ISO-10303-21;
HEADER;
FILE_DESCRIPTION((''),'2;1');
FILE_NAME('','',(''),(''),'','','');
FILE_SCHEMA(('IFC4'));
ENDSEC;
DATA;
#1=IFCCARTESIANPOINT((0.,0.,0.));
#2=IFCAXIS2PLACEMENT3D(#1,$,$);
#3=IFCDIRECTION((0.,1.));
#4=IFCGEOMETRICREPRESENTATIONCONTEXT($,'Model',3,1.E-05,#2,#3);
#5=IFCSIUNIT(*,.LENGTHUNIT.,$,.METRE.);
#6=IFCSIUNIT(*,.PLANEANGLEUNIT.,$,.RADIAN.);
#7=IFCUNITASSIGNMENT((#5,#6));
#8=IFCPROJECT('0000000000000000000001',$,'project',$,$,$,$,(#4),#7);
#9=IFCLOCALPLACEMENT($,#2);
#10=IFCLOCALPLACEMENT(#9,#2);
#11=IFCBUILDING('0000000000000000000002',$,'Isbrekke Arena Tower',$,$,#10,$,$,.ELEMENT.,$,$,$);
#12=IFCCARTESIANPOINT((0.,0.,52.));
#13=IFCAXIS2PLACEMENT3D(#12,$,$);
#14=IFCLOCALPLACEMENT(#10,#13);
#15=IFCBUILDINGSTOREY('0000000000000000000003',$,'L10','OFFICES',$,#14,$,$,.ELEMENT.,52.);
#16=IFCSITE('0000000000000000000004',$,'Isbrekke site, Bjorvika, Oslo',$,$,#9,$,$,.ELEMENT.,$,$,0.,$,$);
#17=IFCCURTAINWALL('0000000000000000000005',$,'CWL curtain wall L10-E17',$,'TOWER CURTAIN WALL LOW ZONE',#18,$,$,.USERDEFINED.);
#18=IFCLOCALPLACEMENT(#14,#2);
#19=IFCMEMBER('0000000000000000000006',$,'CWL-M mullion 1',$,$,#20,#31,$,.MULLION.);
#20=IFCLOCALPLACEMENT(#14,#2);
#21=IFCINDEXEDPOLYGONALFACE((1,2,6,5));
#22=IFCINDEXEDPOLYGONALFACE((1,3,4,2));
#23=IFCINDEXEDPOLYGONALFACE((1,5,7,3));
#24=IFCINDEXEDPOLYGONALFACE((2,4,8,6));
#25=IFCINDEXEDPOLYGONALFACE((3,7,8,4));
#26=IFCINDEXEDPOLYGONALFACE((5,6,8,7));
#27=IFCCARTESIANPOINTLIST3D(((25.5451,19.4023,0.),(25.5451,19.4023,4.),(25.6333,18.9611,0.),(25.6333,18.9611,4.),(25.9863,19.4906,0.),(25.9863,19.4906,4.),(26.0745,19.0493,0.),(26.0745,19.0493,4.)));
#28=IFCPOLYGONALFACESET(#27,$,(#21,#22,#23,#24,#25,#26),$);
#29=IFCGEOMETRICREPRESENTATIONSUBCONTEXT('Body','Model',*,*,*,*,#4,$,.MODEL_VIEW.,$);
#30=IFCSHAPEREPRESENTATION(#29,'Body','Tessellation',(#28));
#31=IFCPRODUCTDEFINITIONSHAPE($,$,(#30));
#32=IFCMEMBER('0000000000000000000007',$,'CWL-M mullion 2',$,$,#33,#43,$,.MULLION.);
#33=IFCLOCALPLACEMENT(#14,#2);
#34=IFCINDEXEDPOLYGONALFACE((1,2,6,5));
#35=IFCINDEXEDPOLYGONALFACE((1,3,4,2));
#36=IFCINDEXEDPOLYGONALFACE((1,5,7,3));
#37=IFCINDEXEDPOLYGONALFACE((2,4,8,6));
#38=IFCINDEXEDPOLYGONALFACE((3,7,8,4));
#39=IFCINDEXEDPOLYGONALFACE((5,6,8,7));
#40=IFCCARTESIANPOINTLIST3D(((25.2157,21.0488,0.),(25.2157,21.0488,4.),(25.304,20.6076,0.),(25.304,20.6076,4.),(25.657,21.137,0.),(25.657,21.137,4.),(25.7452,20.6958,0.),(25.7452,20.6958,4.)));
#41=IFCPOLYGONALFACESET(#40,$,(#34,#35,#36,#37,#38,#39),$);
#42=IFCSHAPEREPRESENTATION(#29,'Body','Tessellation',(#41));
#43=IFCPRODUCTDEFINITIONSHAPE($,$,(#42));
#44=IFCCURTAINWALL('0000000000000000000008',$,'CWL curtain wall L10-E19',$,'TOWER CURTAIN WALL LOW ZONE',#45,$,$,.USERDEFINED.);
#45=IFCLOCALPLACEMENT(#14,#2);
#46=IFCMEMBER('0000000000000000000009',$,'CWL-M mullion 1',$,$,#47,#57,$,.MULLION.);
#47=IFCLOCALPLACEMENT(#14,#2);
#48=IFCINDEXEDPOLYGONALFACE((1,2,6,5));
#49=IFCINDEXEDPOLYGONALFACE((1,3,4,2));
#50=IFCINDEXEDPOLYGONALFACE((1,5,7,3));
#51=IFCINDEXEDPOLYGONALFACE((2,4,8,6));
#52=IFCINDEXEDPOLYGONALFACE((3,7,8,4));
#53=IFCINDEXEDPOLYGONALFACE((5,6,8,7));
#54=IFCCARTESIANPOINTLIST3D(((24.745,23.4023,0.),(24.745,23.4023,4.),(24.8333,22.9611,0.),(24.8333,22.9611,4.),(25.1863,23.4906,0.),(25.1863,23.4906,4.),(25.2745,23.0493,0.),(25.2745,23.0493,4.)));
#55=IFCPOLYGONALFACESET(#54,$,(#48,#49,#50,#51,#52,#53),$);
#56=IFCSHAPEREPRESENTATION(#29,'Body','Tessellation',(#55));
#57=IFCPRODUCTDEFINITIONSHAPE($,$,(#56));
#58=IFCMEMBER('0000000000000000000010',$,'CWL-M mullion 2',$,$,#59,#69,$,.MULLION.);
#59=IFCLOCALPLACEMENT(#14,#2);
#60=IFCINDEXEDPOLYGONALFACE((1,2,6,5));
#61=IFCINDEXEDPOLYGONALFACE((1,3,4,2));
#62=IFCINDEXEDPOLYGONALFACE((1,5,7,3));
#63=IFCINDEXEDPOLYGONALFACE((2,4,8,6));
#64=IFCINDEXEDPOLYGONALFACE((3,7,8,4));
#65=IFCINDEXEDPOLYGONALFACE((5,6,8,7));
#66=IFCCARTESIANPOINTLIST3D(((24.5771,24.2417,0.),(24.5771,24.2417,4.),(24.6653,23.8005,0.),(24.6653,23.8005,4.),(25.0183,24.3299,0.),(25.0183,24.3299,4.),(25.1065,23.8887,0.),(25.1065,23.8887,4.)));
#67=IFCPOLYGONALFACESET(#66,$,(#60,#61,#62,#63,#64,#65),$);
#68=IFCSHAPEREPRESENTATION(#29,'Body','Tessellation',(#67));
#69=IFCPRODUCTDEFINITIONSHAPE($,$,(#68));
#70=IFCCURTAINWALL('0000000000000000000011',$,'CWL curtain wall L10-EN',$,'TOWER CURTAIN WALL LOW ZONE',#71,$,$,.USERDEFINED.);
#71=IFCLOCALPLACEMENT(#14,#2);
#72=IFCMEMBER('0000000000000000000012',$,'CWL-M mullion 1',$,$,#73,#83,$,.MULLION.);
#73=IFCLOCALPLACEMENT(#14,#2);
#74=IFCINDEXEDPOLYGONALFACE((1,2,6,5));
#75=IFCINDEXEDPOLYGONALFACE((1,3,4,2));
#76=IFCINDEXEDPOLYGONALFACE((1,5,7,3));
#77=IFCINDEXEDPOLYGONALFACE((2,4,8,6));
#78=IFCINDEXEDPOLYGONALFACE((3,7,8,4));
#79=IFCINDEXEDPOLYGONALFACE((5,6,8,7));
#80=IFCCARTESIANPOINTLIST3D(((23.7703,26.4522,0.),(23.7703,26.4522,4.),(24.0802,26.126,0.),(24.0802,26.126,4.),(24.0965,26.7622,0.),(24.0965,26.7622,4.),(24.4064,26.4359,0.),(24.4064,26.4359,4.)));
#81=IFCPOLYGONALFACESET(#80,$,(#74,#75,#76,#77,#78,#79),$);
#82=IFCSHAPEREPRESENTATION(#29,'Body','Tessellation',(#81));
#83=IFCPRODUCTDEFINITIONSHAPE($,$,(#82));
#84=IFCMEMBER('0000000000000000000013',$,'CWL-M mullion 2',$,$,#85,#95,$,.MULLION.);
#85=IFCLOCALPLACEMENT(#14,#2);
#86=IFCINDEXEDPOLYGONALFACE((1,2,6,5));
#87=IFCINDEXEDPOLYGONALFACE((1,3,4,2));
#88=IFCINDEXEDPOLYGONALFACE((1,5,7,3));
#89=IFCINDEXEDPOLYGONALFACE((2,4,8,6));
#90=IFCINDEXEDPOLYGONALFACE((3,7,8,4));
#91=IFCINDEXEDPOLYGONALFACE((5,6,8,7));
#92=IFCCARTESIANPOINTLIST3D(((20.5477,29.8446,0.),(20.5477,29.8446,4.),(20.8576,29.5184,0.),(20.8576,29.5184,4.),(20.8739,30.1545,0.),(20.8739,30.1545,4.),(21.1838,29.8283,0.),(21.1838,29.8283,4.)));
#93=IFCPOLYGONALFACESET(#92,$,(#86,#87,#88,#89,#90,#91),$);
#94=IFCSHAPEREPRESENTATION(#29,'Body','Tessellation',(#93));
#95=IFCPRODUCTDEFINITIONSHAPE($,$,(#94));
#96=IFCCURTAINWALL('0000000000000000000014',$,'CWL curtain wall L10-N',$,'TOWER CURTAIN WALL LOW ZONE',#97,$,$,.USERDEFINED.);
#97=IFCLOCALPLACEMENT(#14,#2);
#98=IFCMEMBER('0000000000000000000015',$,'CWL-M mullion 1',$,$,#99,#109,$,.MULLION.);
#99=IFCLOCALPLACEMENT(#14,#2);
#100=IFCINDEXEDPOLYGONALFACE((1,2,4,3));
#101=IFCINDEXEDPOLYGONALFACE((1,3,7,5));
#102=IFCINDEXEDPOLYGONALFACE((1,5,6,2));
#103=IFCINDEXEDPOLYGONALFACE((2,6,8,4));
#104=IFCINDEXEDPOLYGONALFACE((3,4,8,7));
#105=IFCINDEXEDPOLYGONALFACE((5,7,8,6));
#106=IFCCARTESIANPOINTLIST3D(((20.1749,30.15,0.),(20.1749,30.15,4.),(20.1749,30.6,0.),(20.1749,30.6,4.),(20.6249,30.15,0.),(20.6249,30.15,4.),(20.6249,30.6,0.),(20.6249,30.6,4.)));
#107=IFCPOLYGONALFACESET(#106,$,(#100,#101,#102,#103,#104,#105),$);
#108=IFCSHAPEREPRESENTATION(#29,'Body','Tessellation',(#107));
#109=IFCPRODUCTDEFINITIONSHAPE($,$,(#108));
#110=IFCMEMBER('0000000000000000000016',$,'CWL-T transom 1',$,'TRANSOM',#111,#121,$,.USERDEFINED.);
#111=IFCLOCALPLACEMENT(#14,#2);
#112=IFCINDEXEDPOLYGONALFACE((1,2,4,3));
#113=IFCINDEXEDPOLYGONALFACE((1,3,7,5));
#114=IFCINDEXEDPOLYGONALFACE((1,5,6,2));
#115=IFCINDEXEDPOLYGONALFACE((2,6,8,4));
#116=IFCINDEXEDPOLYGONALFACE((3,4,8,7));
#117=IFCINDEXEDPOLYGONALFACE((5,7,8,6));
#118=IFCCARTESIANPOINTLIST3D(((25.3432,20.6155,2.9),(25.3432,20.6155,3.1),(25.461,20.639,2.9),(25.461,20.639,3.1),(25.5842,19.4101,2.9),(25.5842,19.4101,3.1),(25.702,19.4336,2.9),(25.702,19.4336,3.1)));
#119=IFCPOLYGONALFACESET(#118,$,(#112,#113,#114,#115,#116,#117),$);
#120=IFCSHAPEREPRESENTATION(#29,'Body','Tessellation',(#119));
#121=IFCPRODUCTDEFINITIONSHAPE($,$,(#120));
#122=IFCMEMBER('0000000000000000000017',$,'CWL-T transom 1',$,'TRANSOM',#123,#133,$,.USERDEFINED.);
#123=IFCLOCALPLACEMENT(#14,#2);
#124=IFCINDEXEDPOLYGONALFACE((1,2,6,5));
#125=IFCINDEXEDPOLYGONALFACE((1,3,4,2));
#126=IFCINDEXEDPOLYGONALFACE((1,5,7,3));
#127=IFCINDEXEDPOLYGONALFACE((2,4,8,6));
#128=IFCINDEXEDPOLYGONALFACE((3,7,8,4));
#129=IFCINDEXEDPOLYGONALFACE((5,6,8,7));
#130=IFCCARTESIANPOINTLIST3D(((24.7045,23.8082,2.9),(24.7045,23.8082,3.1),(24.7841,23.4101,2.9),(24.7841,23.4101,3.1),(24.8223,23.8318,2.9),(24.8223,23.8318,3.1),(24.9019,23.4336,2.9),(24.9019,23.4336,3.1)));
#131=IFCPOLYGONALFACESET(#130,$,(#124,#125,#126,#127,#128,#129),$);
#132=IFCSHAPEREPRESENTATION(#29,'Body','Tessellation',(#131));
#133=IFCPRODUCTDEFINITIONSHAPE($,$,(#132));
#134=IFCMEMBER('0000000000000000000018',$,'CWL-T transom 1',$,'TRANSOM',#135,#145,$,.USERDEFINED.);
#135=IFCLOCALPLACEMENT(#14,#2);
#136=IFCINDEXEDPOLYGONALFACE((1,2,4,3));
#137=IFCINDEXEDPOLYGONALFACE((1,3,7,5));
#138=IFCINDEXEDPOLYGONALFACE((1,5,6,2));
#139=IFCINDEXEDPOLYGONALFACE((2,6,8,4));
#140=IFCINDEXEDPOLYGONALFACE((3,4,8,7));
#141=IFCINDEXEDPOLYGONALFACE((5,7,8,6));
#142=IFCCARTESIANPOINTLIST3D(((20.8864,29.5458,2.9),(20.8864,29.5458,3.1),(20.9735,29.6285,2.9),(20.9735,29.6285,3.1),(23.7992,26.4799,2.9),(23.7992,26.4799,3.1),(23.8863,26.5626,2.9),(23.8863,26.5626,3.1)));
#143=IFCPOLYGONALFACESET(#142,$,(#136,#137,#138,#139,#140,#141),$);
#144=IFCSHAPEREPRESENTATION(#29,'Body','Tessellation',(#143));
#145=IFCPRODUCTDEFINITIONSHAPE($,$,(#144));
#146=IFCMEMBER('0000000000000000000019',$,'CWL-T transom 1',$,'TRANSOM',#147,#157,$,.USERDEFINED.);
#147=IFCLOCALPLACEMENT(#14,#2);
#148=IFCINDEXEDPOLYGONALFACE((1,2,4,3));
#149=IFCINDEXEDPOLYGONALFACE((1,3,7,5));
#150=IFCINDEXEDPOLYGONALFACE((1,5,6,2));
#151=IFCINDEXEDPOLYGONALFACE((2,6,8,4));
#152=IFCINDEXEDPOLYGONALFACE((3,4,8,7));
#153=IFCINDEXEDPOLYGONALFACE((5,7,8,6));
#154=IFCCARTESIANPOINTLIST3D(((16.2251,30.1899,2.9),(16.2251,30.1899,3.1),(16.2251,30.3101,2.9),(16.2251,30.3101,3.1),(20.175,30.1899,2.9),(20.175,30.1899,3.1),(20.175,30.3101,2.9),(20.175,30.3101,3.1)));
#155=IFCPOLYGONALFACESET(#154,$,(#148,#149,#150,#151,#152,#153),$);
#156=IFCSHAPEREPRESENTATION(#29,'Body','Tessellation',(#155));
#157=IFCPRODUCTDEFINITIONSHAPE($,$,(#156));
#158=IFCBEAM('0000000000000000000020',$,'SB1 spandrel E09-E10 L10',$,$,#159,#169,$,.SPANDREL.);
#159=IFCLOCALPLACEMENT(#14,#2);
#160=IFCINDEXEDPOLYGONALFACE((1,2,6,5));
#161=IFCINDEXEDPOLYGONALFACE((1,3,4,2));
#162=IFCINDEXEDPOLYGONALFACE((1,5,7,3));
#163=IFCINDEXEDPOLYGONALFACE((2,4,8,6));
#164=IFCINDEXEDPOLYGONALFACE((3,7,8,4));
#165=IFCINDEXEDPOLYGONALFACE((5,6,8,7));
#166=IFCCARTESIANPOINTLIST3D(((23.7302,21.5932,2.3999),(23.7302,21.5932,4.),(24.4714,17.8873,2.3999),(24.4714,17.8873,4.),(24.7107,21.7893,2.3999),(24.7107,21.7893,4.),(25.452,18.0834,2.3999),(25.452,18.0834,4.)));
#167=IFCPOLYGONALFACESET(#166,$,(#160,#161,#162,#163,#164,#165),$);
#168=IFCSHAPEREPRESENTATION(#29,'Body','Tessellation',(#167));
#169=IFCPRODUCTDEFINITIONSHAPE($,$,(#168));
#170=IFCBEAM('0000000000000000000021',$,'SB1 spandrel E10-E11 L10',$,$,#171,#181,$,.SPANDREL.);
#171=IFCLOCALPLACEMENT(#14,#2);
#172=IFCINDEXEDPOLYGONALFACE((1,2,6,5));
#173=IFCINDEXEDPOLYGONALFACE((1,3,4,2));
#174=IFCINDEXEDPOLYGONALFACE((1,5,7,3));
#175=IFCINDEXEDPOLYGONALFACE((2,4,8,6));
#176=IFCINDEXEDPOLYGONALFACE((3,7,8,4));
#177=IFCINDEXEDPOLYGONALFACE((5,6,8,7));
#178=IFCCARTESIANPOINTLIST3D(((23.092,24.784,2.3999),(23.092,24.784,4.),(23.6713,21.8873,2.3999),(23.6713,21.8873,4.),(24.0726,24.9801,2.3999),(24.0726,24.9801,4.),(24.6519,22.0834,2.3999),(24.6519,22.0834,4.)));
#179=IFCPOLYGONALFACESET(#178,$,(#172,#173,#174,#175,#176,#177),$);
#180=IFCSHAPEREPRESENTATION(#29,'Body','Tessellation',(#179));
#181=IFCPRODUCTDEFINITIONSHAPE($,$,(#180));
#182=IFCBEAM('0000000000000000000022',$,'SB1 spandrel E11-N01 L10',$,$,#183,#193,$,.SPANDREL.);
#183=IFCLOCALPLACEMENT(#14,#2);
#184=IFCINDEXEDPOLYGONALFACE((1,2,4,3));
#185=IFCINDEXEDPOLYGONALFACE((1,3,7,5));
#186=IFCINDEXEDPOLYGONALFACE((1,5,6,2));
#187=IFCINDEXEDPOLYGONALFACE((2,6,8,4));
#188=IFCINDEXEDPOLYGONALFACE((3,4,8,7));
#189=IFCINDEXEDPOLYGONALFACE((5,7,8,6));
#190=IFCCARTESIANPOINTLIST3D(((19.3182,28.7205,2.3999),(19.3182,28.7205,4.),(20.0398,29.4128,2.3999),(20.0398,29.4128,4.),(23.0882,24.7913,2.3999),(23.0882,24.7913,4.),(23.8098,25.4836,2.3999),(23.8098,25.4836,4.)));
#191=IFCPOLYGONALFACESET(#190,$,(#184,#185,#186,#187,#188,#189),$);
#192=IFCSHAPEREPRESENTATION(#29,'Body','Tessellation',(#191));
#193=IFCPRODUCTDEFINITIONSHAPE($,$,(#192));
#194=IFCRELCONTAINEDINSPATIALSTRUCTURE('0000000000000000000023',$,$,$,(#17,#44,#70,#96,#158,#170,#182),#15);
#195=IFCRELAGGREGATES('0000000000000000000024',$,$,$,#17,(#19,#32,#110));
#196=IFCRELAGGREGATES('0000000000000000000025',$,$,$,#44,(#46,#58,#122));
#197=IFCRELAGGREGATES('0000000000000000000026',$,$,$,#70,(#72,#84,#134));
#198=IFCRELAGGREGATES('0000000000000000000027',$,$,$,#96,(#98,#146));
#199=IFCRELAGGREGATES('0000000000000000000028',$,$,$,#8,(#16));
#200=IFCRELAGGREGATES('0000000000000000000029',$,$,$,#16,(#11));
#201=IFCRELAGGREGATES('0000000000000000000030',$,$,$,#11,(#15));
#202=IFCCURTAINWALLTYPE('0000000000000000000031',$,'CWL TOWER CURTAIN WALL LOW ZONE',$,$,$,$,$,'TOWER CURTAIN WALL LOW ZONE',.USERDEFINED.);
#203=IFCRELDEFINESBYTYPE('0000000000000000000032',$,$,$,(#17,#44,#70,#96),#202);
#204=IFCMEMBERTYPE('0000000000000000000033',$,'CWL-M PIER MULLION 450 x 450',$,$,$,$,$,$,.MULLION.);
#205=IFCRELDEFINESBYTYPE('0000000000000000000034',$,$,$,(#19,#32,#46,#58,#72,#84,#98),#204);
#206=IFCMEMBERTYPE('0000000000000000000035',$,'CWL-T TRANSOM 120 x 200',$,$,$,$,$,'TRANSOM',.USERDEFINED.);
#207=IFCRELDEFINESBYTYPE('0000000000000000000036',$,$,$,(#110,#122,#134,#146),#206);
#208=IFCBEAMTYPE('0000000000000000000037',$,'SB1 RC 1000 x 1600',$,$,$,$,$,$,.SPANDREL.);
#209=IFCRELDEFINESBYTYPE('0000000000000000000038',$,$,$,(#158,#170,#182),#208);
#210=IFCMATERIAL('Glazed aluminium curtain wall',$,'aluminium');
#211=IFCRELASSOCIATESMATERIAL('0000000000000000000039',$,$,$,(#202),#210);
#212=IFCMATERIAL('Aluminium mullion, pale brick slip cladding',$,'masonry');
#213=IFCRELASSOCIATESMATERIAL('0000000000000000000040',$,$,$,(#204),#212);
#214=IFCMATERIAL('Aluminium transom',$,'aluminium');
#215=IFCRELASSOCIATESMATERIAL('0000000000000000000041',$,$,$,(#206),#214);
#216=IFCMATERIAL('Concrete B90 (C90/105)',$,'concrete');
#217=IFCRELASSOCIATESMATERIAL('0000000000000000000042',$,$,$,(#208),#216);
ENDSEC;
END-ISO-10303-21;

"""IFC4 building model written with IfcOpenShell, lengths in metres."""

from ifc_helpers import new_model, si_unit, direction, frame, origin, origin_2d, place, context, subcontext, project, spatial, rectangle, extrude, material, material_profile, profile_set, type_object, element, aggregate, save


model = new_model("IFC4")

# Units and contexts
model_context = context("Model", 3, precision=1e-05, world=origin(), true_north=direction((0.0, 1.0)))
body_context = subcontext(model_context, "Body", "Model", "MODEL_VIEW")
ifc_project = project(units=[si_unit("LENGTHUNIT", "METRE"), si_unit("PLANEANGLEUNIT", "RADIAN")], contexts=[model_context])

# Site, building, storey
site_placement = place(None, origin())
site = spatial("IfcSite", under=ifc_project, at=site_placement, Name="Isbrekke site, Bjorvika, Oslo", CompositionType="ELEMENT", RefElevation=0.0)
building_placement = place(site_placement, origin())
building = spatial("IfcBuilding", under=site, at=building_placement, Name="Isbrekke Arena Tower", CompositionType="ELEMENT")
storey_placement = place(building_placement, frame((0.0, 0.0, 52.0)))
storey = spatial("IfcBuildingStorey", under=building, at=storey_placement, Name="L10", Description="OFFICES", CompositionType="ELEMENT", Elevation=52.0)

# Curtain walls, members
ifc_material_1 = material(Name="Glazed aluminium curtain wall", Category="aluminium")
curtain_wall_type = type_object("IfcCurtainWallType", Name="CWL TOWER CURTAIN WALL LOW ZONE", ElementType="TOWER CURTAIN WALL LOW ZONE", PredefinedType="USERDEFINED", material=ifc_material_1)
curtain_wall_1_placement = place(storey_placement, origin())
curtain_wall_1 = element("IfcCurtainWall", 1, at=curtain_wall_1_placement, inside=storey, type_object=curtain_wall_type, Name="CWL curtain wall L10-E17", ObjectType="TOWER CURTAIN WALL LOW ZONE", PredefinedType="USERDEFINED")
ifc_material_2 = material(Name="Aluminium mullion, pale brick slip cladding", Category="masonry")
ifc_material_profile_1 = material_profile(ifc_material_2, rectangle(XDim=0.45, YDim=0.45, at=origin_2d()), Name="PIER 450X450")
ifc_profile_set_1 = profile_set([ifc_material_profile_1], Name="Aluminium mullion, pale brick slip cladding")
member_type_1 = type_object("IfcMemberType", Name="CWL-M PIER MULLION 450 x 450", PredefinedType="MULLION", material=ifc_profile_set_1)
member_1_placement = place(storey_placement, frame((25.8098, 19.2258, 0.0), z_axis=(0.0, 0.0, 1.0), x_axis=(-0.196116, 0.980581, 0.0)))
member_1 = element("IfcMember", 2, at=member_1_placement, type_object=member_type_1, Name="CWL-M mullion 1", PredefinedType="MULLION", context=body_context, shape_type="SweptSolid", body=[
    extrude(rectangle(XDim=0.45, YDim=0.45, at=origin_2d()), origin(), (0.0, 0.0, 1.0), 4.0),
])
member_2_placement = place(storey_placement, frame((25.4805, 20.8723, 0.0), z_axis=(0.0, 0.0, 1.0), x_axis=(-0.196116, 0.980581, 0.0)))
member_2 = element("IfcMember", 3, at=member_2_placement, type_object=member_type_1, Name="CWL-M mullion 2", PredefinedType="MULLION", context=body_context, shape_type="SweptSolid", body=[
    extrude(rectangle(XDim=0.45, YDim=0.45, at=origin_2d()), origin(), (0.0, 0.0, 1.0), 4.0),
])
curtain_wall_2_placement = place(storey_placement, origin())
curtain_wall_2 = element("IfcCurtainWall", 4, at=curtain_wall_2_placement, inside=storey, type_object=curtain_wall_type, Name="CWL curtain wall L10-E19", ObjectType="TOWER CURTAIN WALL LOW ZONE", PredefinedType="USERDEFINED")
member_3_placement = place(storey_placement, frame((25.0098, 23.2258, 0.0), z_axis=(0.0, 0.0, 1.0), x_axis=(-0.196116, 0.980581, 0.0)))
member_3 = element("IfcMember", 5, at=member_3_placement, type_object=member_type_1, Name="CWL-M mullion 1", PredefinedType="MULLION", context=body_context, shape_type="SweptSolid", body=[
    extrude(rectangle(XDim=0.45, YDim=0.45, at=origin_2d()), origin(), (0.0, 0.0, 1.0), 4.0),
])
member_4_placement = place(storey_placement, frame((24.8418, 24.0652, 0.0), z_axis=(0.0, 0.0, 1.0), x_axis=(-0.196116, 0.980581, 0.0)))
member_4 = element("IfcMember", 6, at=member_4_placement, type_object=member_type_1, Name="CWL-M mullion 2", PredefinedType="MULLION", context=body_context, shape_type="SweptSolid", body=[
    extrude(rectangle(XDim=0.45, YDim=0.45, at=origin_2d()), origin(), (0.0, 0.0, 1.0), 4.0),
])
curtain_wall_3_placement = place(storey_placement, origin())
curtain_wall_3 = element("IfcCurtainWall", 7, at=curtain_wall_3_placement, inside=storey, type_object=curtain_wall_type, Name="CWL curtain wall L10-EN", ObjectType="TOWER CURTAIN WALL LOW ZONE", PredefinedType="USERDEFINED")
member_5_placement = place(storey_placement, frame((24.0884, 26.4441, 0.0), z_axis=(0.0, 0.0, 1.0), x_axis=(-0.688749, 0.724999, 0.0)))
member_5 = element("IfcMember", 8, at=member_5_placement, type_object=member_type_1, Name="CWL-M mullion 1", PredefinedType="MULLION", context=body_context, shape_type="SweptSolid", body=[
    extrude(rectangle(XDim=0.45, YDim=0.45, at=origin_2d()), origin(), (0.0, 0.0, 1.0), 4.0),
])
member_6_placement = place(storey_placement, frame((20.8657, 29.8364, 0.0), z_axis=(0.0, 0.0, 1.0), x_axis=(-0.688749, 0.724999, 0.0)))
member_6 = element("IfcMember", 9, at=member_6_placement, type_object=member_type_1, Name="CWL-M mullion 2", PredefinedType="MULLION", context=body_context, shape_type="SweptSolid", body=[
    extrude(rectangle(XDim=0.45, YDim=0.45, at=origin_2d()), origin(), (0.0, 0.0, 1.0), 4.0),
])

# Curtain wall, member
curtain_wall_4_placement = place(storey_placement, origin())
curtain_wall_4 = element("IfcCurtainWall", 10, at=curtain_wall_4_placement, inside=storey, type_object=curtain_wall_type, Name="CWL curtain wall L10-N", ObjectType="TOWER CURTAIN WALL LOW ZONE", PredefinedType="USERDEFINED")
member_7_placement = place(storey_placement, frame((20.3999, 30.375, 0.0), z_axis=(0.0, 0.0, 1.0), x_axis=(-1.0, 0.0, 0.0)))
member_7 = element("IfcMember", 11, at=member_7_placement, type_object=member_type_1, Name="CWL-M mullion 1", PredefinedType="MULLION", context=body_context, shape_type="SweptSolid", body=[
    extrude(rectangle(XDim=0.45, YDim=0.45, at=origin_2d()), origin(), (0.0, 0.0, 1.0), 4.0),
])

# Members
ifc_material_3 = material(Name="Aluminium transom", Category="aluminium")
ifc_material_profile_2 = material_profile(ifc_material_3, rectangle(XDim=0.1201, YDim=0.2, at=origin_2d()), Name="TRANSOM 120X200")
ifc_profile_set_2 = profile_set([ifc_material_profile_2], Name="Aluminium transom")
member_type_2 = type_object("IfcMemberType", Name="CWL-T TRANSOM 120 x 200", ElementType="TRANSOM", PredefinedType="USERDEFINED", material=ifc_profile_set_2)
member_8_placement = place(storey_placement, frame((25.6431, 19.4219, 3.0), z_axis=(-0.19604, 0.980596, 0.0), x_axis=(-0.980596, -0.19604, 0.0)))
member_8 = element("IfcMember", 12, at=member_8_placement, type_object=member_type_2, Name="CWL-T transom 1", ObjectType="TRANSOM", PredefinedType="USERDEFINED", context=body_context, shape_type="SweptSolid", body=[
    extrude(rectangle(XDim=0.1201, YDim=0.2, at=origin_2d()), origin(), (0.0, 0.0, 1.0), 1.2292),
])
member_9_placement = place(storey_placement, frame((24.843, 23.4219, 3.0), z_axis=(-0.196001, 0.980604, 0.0), x_axis=(-0.980604, -0.196001, 0.0)))
member_9 = element("IfcMember", 13, at=member_9_placement, type_object=member_type_2, Name="CWL-T transom 1", ObjectType="TRANSOM", PredefinedType="USERDEFINED", context=body_context, shape_type="SweptSolid", body=[
    extrude(rectangle(XDim=0.1201, YDim=0.2, at=origin_2d()), origin(), (0.0, 0.0, 1.0), 0.406),
])
member_10_placement = place(storey_placement, frame((23.8428, 26.5212, 3.0), z_axis=(-0.688777, 0.724973, 0.0), x_axis=(-0.724973, -0.688777, 0.0)))
member_10 = element("IfcMember", 14, at=member_10_placement, type_object=member_type_2, Name="CWL-T transom 1", ObjectType="TRANSOM", PredefinedType="USERDEFINED", context=body_context, shape_type="SweptSolid", body=[
    extrude(rectangle(XDim=0.1201, YDim=0.2, at=origin_2d()), origin(), (0.0, 0.0, 1.0), 4.229),
])
member_11_placement = place(storey_placement, frame((20.175, 30.25, 3.0), z_axis=(-1.0, 0.0, 0.0), x_axis=(0.0, -1.0, 0.0)))
member_11 = element("IfcMember", 15, at=member_11_placement, type_object=member_type_2, Name="CWL-T transom 1", ObjectType="TRANSOM", PredefinedType="USERDEFINED", context=body_context, shape_type="SweptSolid", body=[
    extrude(rectangle(XDim=0.1201, YDim=0.2, at=origin_2d()), origin(), (0.0, 0.0, 1.0), 3.95),
])

# Beams
ifc_material_4 = material(Name="Concrete B90 (C90/105)", Category="concrete")
ifc_material_profile_3 = material_profile(ifc_material_4, rectangle(XDim=1.0, YDim=1.6001, at=origin_2d()), Name="RC 1000x1600")
ifc_profile_set_3 = profile_set([ifc_material_profile_3], Name="Concrete B90 (C90/105)")
beam_type_1 = type_object("IfcBeamType", Name="SB1 RC 1000 x 1600", PredefinedType="SPANDREL", material=ifc_profile_set_3)
beam_1_placement = place(storey_placement, frame((24.9617, 17.9854, 3.2), z_axis=(-0.196129, 0.980578, 0.0), x_axis=(-0.980578, -0.196129, 0.0)))
element("IfcBeam", 16, at=beam_1_placement, inside=storey, type_object=beam_type_1, Name="SB1 spandrel E09-E10 L10", PredefinedType="SPANDREL", context=body_context, shape_type="SweptSolid", body=[
    extrude(rectangle(XDim=1.0, YDim=1.6001, at=origin_2d()), origin(), (0.0, 0.0, 1.0), 3.7793),
])
beam_2_placement = place(storey_placement, frame((24.1616, 21.9854, 3.2), z_axis=(-0.196116, 0.980581, 0.0), x_axis=(-0.980581, -0.196116, 0.0)))
element("IfcBeam", 17, at=beam_2_placement, inside=storey, type_object=beam_type_1, Name="SB1 spandrel E10-E11 L10", PredefinedType="SPANDREL", context=body_context, shape_type="SweptSolid", body=[
    extrude(rectangle(XDim=1.0, YDim=1.6001, at=origin_2d()), origin(), (0.0, 0.0, 1.0), 2.9541),
])
beam_3_placement = place(storey_placement, frame((23.449, 25.1375, 3.2), z_axis=(-0.69234, 0.721572, 0.0), x_axis=(-0.721572, -0.69234, 0.0)))
element("IfcBeam", 18, at=beam_3_placement, inside=storey, type_object=beam_type_1, Name="SB1 spandrel E11-N01 L10", PredefinedType="SPANDREL", context=body_context, shape_type="SweptSolid", body=[
    extrude(rectangle(XDim=1.0, YDim=1.6001, at=origin_2d()), origin(), (0.0, 0.0, 1.0), 5.4453),
])

aggregate(curtain_wall_1, [member_1, member_2, member_8])
aggregate(curtain_wall_2, [member_3, member_4, member_9])
aggregate(curtain_wall_3, [member_5, member_6, member_10])
aggregate(curtain_wall_4, [member_7, member_11])

save(model, "model.ifc")
